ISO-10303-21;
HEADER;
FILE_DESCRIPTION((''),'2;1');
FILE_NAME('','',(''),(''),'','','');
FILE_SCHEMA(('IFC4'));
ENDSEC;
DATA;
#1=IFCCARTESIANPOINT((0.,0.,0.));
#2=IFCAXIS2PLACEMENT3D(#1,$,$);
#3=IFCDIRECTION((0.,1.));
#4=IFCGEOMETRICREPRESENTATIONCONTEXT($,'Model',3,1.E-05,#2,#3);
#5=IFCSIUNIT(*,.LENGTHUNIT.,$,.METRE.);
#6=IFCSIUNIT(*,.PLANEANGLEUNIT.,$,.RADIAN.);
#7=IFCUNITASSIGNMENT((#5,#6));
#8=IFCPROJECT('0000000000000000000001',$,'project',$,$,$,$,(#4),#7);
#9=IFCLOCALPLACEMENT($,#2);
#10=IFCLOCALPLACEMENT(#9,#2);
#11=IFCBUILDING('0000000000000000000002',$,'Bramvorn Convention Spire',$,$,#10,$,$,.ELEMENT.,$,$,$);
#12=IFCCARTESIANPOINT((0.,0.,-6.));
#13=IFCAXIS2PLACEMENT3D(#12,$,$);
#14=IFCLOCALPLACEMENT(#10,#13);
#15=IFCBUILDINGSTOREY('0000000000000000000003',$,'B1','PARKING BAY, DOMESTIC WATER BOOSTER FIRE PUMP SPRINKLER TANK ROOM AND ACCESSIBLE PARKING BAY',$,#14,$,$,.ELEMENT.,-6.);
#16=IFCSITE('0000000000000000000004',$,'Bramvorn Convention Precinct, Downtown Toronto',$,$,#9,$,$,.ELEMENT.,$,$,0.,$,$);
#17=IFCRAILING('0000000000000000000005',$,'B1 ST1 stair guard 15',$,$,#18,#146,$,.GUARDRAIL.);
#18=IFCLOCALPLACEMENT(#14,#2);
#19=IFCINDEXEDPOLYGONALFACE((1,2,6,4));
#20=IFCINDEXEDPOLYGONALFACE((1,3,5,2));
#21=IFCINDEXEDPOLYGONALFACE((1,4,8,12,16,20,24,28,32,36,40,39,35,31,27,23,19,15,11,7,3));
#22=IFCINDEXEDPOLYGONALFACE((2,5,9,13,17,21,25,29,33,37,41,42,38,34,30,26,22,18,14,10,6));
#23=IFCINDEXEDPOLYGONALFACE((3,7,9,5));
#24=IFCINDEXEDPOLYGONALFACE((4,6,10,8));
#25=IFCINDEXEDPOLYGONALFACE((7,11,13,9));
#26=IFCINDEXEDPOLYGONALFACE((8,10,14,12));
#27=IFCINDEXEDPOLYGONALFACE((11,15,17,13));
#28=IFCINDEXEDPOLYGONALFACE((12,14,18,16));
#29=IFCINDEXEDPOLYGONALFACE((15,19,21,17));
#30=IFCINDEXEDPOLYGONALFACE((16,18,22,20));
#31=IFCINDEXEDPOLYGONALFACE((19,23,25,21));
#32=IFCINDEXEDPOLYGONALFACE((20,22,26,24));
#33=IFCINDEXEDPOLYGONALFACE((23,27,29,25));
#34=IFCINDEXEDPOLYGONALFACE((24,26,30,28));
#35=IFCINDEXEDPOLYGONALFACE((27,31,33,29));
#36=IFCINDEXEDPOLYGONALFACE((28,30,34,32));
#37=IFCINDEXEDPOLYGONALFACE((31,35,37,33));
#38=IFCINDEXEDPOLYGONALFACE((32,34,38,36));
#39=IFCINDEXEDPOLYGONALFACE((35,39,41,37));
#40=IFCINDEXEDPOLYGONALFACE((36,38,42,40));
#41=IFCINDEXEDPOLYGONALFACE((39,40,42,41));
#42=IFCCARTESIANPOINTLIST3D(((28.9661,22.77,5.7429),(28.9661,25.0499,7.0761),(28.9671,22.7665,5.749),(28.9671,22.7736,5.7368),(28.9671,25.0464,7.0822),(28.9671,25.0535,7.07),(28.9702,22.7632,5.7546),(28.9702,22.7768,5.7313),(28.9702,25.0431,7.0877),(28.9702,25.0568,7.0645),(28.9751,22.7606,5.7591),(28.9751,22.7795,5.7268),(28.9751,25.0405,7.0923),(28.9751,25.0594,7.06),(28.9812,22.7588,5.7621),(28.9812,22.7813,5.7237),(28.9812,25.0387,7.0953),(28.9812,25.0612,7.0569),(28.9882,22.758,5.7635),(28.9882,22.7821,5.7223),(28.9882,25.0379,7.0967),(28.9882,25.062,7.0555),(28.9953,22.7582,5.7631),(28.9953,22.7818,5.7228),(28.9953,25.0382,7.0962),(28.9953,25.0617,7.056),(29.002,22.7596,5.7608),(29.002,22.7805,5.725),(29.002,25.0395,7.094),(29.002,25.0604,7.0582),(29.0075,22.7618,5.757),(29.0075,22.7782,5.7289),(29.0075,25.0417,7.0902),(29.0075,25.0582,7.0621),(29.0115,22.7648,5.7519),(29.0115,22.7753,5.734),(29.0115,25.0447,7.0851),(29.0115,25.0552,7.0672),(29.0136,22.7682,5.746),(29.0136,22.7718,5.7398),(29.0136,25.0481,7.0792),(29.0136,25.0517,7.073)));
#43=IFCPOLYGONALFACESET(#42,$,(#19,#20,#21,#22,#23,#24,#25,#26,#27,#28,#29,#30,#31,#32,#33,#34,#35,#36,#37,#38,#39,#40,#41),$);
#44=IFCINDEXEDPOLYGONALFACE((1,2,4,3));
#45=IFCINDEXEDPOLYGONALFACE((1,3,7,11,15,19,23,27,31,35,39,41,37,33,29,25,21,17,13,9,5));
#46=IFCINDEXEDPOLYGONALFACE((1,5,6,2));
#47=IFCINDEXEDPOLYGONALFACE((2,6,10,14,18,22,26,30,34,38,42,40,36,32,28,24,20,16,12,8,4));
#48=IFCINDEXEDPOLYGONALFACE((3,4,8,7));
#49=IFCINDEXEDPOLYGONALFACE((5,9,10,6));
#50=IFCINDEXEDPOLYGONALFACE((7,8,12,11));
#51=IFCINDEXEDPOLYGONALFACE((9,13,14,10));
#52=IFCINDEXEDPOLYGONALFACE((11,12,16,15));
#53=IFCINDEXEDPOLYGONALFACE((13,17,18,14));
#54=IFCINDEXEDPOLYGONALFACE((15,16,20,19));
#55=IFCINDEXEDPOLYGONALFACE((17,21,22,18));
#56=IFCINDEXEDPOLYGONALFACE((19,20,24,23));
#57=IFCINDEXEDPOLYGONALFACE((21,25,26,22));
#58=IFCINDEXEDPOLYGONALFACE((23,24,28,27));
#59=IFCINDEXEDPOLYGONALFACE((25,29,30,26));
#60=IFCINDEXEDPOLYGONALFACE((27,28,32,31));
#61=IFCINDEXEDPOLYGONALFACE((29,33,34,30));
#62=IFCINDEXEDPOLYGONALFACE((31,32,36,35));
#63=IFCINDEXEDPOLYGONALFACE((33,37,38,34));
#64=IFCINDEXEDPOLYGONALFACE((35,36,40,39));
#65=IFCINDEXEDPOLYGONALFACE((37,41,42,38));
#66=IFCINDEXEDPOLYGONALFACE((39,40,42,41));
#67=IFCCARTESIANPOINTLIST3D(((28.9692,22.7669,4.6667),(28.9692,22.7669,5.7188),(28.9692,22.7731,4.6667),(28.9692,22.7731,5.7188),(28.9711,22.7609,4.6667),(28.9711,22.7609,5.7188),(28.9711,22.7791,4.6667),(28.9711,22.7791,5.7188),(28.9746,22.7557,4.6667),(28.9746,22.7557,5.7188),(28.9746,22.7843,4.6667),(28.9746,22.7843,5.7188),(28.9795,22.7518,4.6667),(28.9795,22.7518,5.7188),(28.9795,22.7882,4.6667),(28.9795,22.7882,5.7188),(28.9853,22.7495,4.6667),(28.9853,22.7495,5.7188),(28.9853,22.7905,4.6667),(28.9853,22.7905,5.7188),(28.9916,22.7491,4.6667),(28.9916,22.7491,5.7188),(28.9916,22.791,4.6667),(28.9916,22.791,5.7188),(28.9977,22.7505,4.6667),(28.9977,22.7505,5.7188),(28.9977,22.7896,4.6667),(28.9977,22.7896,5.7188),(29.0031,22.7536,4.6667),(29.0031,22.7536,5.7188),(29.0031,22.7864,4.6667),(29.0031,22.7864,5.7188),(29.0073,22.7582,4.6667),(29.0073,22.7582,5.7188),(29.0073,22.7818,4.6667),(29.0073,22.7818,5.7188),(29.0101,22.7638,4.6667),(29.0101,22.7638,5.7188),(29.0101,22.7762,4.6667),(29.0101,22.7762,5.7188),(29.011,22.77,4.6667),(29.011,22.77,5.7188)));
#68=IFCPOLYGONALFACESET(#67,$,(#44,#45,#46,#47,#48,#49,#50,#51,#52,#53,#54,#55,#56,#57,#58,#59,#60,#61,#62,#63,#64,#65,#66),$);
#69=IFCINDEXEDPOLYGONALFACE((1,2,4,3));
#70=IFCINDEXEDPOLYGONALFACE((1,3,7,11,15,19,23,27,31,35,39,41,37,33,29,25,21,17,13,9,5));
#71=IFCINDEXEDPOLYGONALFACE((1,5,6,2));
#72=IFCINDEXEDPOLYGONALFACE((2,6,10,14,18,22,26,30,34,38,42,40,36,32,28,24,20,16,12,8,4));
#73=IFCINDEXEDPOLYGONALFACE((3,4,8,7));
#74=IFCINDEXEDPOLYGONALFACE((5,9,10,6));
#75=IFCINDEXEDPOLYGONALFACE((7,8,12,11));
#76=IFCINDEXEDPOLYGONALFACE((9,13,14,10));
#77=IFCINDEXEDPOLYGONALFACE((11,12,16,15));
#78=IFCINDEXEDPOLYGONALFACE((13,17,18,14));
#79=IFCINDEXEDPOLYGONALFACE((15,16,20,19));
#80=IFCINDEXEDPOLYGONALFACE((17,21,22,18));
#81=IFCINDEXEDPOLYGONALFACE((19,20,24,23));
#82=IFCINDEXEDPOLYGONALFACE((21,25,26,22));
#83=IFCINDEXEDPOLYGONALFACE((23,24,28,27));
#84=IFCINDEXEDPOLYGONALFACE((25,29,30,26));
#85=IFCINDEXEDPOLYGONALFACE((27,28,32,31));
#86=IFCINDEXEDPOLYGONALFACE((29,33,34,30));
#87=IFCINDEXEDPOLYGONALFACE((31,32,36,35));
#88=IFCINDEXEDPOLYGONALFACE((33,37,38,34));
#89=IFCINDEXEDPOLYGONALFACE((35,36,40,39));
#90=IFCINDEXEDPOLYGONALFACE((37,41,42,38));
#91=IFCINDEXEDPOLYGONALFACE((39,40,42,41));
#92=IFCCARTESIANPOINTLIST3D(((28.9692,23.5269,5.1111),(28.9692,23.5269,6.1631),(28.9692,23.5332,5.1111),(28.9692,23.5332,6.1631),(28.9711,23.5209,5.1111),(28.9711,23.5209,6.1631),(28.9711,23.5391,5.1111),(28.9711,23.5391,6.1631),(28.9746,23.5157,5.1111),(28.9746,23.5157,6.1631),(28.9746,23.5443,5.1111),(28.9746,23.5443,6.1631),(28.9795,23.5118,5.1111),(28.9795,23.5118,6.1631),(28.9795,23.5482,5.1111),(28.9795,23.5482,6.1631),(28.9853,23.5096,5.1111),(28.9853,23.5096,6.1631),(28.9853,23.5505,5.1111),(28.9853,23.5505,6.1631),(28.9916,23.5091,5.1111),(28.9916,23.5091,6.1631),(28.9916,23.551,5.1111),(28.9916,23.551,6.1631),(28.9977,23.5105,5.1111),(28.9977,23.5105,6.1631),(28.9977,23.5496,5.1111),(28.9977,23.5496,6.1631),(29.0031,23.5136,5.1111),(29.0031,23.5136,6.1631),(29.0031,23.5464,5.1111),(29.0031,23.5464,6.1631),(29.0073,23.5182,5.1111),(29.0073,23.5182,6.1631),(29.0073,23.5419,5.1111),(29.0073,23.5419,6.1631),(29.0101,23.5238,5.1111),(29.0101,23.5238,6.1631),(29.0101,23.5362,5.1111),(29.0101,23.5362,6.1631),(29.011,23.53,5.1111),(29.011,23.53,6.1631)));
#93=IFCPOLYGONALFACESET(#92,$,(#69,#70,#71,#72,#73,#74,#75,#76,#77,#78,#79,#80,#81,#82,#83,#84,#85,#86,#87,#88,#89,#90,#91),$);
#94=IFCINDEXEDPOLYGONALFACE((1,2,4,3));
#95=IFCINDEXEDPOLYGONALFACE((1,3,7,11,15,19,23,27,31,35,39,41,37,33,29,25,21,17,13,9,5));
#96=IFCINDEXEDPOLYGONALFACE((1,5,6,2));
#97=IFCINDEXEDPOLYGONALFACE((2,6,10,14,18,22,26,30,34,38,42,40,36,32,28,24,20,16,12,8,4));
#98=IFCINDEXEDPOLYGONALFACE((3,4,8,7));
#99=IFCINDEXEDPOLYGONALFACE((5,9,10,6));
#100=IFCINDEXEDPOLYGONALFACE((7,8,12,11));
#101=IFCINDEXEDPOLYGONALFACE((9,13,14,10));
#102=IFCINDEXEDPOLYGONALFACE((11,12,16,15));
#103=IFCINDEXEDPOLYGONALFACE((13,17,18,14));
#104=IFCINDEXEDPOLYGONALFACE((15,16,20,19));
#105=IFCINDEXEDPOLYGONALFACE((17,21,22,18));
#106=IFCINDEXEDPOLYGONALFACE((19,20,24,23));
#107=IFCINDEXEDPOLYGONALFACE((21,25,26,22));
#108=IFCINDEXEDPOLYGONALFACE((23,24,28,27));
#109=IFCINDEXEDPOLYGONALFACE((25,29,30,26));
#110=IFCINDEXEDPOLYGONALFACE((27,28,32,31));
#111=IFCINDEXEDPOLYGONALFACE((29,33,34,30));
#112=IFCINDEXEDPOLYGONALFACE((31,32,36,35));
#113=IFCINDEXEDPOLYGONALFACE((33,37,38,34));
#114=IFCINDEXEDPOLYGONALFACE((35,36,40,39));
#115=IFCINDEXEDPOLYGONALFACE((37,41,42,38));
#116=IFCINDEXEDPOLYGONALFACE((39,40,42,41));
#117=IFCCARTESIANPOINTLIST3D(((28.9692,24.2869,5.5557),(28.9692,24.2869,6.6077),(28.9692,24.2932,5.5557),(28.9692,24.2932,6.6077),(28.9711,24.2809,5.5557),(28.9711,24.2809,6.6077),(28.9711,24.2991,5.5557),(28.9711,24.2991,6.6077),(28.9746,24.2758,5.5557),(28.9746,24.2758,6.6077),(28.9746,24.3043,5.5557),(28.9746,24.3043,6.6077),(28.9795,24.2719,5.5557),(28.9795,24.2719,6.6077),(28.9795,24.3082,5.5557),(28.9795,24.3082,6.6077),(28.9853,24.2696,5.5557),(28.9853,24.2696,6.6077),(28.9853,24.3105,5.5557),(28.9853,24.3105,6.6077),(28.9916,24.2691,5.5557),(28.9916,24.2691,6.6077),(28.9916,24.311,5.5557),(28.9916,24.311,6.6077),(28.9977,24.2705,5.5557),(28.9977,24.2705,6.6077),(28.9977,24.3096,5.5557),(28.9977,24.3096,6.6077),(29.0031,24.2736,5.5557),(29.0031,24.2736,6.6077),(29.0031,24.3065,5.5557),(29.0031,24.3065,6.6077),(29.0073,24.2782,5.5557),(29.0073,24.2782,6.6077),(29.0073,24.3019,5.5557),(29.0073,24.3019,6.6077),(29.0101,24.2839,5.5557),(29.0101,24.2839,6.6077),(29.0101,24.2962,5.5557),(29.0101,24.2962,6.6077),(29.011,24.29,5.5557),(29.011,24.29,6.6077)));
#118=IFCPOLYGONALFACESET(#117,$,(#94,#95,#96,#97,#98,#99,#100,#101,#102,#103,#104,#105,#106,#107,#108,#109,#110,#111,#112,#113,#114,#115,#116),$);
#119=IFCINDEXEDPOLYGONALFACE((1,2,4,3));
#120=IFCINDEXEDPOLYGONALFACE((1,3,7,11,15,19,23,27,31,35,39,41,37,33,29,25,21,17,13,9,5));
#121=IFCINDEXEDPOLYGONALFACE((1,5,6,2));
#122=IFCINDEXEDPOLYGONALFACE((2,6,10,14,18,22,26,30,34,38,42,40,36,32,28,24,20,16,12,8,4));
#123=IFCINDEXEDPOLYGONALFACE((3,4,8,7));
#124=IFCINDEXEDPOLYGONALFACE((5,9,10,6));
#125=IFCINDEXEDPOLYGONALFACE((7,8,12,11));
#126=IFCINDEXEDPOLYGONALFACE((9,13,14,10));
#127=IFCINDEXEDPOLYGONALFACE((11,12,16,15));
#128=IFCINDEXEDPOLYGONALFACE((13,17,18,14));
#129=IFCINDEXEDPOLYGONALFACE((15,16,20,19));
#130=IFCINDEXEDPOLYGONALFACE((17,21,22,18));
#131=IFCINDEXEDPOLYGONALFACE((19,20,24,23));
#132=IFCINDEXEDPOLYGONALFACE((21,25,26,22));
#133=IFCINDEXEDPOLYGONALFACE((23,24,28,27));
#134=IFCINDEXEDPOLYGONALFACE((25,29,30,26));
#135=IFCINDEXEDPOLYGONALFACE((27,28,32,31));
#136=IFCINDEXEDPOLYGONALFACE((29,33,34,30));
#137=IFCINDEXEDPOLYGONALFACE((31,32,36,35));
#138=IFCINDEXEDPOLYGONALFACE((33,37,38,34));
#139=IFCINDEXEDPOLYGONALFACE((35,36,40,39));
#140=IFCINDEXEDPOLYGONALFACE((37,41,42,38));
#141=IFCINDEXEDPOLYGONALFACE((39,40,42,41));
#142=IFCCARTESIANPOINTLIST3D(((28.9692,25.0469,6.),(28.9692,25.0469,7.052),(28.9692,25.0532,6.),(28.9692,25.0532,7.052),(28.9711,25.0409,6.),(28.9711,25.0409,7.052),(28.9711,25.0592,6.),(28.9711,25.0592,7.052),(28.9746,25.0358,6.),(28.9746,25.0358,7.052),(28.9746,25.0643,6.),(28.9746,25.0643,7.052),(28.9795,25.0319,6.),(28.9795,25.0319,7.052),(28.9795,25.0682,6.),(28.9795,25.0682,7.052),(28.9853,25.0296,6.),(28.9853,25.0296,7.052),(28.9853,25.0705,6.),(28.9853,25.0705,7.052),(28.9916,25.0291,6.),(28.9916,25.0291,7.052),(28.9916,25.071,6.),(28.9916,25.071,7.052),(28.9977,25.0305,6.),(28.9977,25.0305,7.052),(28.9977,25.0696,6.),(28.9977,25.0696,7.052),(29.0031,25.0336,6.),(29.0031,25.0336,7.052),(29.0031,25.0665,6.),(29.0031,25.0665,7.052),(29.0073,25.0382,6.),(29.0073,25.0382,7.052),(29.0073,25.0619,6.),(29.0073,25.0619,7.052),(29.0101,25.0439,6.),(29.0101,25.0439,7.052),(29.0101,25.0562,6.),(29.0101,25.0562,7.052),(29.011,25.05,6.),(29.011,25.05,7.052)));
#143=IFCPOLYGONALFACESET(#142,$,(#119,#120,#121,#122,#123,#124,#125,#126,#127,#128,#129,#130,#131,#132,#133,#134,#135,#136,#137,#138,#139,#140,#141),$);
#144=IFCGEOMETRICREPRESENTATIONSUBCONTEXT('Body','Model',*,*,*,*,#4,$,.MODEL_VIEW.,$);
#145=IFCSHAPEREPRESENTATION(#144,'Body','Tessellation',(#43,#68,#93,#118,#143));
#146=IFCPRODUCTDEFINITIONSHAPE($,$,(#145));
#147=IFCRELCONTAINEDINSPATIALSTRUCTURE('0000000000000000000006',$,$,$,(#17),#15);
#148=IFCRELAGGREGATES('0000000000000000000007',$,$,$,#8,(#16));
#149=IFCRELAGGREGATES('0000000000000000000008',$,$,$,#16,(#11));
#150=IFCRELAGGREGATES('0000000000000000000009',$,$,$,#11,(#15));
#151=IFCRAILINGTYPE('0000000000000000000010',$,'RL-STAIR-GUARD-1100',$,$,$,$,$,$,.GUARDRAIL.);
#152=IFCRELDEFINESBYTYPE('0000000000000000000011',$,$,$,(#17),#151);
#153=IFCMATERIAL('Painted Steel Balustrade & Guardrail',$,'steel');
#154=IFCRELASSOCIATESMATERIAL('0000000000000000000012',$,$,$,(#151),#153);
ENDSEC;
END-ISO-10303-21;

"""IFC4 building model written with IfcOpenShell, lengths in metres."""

from ifc_helpers import new_model, si_unit, direction, frame, origin, origin_2d, place, context, subcontext, project, spatial, circle, extrude, material, type_object, element, save


model = new_model("IFC4")

# Units and contexts
model_context = context("Model", 3, precision=1e-05, world=origin(), true_north=direction((0.0, 1.0)))
body_context = subcontext(model_context, "Body", "Model", "MODEL_VIEW")
ifc_project = project(units=[si_unit("LENGTHUNIT", "METRE"), si_unit("PLANEANGLEUNIT", "RADIAN")], contexts=[model_context])

# Site, building, storey
site_placement = place(None, origin())
site = spatial("IfcSite", under=ifc_project, at=site_placement, Name="Bramvorn Convention Precinct, Downtown Toronto", CompositionType="ELEMENT", RefElevation=0.0)
building_placement = place(site_placement, origin())
building = spatial("IfcBuilding", under=site, at=building_placement, Name="Bramvorn Convention Spire", CompositionType="ELEMENT")
storey_placement = place(building_placement, frame((0.0, 0.0, -6.0)))
storey = spatial("IfcBuildingStorey", under=building, at=storey_placement, Name="B1", Description="PARKING BAY, DOMESTIC WATER BOOSTER FIRE PUMP SPRINKLER TANK ROOM AND ACCESSIBLE PARKING BAY", CompositionType="ELEMENT", Elevation=-6.0)

# Railing
ifc_material_1 = material(Name="Painted Steel Balustrade & Guardrail", Category="steel")
railing_type_1 = type_object("IfcRailingType", Name="RL-STAIR-GUARD-1100", PredefinedType="GUARDRAIL", material=ifc_material_1)
railing_1_placement = place(storey_placement, frame((28.99, 22.77, 4.6667)))
element("IfcRailing", 1, at=railing_1_placement, inside=storey, type_object=railing_type_1, Name="B1 ST1 stair guard 15", PredefinedType="GUARDRAIL", context=body_context, shape_type="SweptSolid", body=[
    extrude(circle(Radius=0.0239, at=origin_2d()), frame((0.0, 0.0, 1.0762), z_axis=(0.0, 0.863245, 0.504785), x_axis=(-1.0, 0.0, 0.0)), (0.0, 0.0, 1.0), 2.6411),
    extrude(circle(Radius=0.021, at=origin_2d()), origin(), (0.0, 0.0, 1.0), 1.052),
    extrude(circle(Radius=0.021, at=origin_2d()), frame((0.0, 0.76, 0.4443)), (0.0, 0.0, 1.0), 1.052),
    extrude(circle(Radius=0.021, at=origin_2d()), frame((0.0, 1.52, 0.8889)), (0.0, 0.0, 1.0), 1.052),
    extrude(circle(Radius=0.021, at=origin_2d()), frame((0.0, 2.28, 1.3333)), (0.0, 0.0, 1.0), 1.052),
])

save(model, "model.ifc")
